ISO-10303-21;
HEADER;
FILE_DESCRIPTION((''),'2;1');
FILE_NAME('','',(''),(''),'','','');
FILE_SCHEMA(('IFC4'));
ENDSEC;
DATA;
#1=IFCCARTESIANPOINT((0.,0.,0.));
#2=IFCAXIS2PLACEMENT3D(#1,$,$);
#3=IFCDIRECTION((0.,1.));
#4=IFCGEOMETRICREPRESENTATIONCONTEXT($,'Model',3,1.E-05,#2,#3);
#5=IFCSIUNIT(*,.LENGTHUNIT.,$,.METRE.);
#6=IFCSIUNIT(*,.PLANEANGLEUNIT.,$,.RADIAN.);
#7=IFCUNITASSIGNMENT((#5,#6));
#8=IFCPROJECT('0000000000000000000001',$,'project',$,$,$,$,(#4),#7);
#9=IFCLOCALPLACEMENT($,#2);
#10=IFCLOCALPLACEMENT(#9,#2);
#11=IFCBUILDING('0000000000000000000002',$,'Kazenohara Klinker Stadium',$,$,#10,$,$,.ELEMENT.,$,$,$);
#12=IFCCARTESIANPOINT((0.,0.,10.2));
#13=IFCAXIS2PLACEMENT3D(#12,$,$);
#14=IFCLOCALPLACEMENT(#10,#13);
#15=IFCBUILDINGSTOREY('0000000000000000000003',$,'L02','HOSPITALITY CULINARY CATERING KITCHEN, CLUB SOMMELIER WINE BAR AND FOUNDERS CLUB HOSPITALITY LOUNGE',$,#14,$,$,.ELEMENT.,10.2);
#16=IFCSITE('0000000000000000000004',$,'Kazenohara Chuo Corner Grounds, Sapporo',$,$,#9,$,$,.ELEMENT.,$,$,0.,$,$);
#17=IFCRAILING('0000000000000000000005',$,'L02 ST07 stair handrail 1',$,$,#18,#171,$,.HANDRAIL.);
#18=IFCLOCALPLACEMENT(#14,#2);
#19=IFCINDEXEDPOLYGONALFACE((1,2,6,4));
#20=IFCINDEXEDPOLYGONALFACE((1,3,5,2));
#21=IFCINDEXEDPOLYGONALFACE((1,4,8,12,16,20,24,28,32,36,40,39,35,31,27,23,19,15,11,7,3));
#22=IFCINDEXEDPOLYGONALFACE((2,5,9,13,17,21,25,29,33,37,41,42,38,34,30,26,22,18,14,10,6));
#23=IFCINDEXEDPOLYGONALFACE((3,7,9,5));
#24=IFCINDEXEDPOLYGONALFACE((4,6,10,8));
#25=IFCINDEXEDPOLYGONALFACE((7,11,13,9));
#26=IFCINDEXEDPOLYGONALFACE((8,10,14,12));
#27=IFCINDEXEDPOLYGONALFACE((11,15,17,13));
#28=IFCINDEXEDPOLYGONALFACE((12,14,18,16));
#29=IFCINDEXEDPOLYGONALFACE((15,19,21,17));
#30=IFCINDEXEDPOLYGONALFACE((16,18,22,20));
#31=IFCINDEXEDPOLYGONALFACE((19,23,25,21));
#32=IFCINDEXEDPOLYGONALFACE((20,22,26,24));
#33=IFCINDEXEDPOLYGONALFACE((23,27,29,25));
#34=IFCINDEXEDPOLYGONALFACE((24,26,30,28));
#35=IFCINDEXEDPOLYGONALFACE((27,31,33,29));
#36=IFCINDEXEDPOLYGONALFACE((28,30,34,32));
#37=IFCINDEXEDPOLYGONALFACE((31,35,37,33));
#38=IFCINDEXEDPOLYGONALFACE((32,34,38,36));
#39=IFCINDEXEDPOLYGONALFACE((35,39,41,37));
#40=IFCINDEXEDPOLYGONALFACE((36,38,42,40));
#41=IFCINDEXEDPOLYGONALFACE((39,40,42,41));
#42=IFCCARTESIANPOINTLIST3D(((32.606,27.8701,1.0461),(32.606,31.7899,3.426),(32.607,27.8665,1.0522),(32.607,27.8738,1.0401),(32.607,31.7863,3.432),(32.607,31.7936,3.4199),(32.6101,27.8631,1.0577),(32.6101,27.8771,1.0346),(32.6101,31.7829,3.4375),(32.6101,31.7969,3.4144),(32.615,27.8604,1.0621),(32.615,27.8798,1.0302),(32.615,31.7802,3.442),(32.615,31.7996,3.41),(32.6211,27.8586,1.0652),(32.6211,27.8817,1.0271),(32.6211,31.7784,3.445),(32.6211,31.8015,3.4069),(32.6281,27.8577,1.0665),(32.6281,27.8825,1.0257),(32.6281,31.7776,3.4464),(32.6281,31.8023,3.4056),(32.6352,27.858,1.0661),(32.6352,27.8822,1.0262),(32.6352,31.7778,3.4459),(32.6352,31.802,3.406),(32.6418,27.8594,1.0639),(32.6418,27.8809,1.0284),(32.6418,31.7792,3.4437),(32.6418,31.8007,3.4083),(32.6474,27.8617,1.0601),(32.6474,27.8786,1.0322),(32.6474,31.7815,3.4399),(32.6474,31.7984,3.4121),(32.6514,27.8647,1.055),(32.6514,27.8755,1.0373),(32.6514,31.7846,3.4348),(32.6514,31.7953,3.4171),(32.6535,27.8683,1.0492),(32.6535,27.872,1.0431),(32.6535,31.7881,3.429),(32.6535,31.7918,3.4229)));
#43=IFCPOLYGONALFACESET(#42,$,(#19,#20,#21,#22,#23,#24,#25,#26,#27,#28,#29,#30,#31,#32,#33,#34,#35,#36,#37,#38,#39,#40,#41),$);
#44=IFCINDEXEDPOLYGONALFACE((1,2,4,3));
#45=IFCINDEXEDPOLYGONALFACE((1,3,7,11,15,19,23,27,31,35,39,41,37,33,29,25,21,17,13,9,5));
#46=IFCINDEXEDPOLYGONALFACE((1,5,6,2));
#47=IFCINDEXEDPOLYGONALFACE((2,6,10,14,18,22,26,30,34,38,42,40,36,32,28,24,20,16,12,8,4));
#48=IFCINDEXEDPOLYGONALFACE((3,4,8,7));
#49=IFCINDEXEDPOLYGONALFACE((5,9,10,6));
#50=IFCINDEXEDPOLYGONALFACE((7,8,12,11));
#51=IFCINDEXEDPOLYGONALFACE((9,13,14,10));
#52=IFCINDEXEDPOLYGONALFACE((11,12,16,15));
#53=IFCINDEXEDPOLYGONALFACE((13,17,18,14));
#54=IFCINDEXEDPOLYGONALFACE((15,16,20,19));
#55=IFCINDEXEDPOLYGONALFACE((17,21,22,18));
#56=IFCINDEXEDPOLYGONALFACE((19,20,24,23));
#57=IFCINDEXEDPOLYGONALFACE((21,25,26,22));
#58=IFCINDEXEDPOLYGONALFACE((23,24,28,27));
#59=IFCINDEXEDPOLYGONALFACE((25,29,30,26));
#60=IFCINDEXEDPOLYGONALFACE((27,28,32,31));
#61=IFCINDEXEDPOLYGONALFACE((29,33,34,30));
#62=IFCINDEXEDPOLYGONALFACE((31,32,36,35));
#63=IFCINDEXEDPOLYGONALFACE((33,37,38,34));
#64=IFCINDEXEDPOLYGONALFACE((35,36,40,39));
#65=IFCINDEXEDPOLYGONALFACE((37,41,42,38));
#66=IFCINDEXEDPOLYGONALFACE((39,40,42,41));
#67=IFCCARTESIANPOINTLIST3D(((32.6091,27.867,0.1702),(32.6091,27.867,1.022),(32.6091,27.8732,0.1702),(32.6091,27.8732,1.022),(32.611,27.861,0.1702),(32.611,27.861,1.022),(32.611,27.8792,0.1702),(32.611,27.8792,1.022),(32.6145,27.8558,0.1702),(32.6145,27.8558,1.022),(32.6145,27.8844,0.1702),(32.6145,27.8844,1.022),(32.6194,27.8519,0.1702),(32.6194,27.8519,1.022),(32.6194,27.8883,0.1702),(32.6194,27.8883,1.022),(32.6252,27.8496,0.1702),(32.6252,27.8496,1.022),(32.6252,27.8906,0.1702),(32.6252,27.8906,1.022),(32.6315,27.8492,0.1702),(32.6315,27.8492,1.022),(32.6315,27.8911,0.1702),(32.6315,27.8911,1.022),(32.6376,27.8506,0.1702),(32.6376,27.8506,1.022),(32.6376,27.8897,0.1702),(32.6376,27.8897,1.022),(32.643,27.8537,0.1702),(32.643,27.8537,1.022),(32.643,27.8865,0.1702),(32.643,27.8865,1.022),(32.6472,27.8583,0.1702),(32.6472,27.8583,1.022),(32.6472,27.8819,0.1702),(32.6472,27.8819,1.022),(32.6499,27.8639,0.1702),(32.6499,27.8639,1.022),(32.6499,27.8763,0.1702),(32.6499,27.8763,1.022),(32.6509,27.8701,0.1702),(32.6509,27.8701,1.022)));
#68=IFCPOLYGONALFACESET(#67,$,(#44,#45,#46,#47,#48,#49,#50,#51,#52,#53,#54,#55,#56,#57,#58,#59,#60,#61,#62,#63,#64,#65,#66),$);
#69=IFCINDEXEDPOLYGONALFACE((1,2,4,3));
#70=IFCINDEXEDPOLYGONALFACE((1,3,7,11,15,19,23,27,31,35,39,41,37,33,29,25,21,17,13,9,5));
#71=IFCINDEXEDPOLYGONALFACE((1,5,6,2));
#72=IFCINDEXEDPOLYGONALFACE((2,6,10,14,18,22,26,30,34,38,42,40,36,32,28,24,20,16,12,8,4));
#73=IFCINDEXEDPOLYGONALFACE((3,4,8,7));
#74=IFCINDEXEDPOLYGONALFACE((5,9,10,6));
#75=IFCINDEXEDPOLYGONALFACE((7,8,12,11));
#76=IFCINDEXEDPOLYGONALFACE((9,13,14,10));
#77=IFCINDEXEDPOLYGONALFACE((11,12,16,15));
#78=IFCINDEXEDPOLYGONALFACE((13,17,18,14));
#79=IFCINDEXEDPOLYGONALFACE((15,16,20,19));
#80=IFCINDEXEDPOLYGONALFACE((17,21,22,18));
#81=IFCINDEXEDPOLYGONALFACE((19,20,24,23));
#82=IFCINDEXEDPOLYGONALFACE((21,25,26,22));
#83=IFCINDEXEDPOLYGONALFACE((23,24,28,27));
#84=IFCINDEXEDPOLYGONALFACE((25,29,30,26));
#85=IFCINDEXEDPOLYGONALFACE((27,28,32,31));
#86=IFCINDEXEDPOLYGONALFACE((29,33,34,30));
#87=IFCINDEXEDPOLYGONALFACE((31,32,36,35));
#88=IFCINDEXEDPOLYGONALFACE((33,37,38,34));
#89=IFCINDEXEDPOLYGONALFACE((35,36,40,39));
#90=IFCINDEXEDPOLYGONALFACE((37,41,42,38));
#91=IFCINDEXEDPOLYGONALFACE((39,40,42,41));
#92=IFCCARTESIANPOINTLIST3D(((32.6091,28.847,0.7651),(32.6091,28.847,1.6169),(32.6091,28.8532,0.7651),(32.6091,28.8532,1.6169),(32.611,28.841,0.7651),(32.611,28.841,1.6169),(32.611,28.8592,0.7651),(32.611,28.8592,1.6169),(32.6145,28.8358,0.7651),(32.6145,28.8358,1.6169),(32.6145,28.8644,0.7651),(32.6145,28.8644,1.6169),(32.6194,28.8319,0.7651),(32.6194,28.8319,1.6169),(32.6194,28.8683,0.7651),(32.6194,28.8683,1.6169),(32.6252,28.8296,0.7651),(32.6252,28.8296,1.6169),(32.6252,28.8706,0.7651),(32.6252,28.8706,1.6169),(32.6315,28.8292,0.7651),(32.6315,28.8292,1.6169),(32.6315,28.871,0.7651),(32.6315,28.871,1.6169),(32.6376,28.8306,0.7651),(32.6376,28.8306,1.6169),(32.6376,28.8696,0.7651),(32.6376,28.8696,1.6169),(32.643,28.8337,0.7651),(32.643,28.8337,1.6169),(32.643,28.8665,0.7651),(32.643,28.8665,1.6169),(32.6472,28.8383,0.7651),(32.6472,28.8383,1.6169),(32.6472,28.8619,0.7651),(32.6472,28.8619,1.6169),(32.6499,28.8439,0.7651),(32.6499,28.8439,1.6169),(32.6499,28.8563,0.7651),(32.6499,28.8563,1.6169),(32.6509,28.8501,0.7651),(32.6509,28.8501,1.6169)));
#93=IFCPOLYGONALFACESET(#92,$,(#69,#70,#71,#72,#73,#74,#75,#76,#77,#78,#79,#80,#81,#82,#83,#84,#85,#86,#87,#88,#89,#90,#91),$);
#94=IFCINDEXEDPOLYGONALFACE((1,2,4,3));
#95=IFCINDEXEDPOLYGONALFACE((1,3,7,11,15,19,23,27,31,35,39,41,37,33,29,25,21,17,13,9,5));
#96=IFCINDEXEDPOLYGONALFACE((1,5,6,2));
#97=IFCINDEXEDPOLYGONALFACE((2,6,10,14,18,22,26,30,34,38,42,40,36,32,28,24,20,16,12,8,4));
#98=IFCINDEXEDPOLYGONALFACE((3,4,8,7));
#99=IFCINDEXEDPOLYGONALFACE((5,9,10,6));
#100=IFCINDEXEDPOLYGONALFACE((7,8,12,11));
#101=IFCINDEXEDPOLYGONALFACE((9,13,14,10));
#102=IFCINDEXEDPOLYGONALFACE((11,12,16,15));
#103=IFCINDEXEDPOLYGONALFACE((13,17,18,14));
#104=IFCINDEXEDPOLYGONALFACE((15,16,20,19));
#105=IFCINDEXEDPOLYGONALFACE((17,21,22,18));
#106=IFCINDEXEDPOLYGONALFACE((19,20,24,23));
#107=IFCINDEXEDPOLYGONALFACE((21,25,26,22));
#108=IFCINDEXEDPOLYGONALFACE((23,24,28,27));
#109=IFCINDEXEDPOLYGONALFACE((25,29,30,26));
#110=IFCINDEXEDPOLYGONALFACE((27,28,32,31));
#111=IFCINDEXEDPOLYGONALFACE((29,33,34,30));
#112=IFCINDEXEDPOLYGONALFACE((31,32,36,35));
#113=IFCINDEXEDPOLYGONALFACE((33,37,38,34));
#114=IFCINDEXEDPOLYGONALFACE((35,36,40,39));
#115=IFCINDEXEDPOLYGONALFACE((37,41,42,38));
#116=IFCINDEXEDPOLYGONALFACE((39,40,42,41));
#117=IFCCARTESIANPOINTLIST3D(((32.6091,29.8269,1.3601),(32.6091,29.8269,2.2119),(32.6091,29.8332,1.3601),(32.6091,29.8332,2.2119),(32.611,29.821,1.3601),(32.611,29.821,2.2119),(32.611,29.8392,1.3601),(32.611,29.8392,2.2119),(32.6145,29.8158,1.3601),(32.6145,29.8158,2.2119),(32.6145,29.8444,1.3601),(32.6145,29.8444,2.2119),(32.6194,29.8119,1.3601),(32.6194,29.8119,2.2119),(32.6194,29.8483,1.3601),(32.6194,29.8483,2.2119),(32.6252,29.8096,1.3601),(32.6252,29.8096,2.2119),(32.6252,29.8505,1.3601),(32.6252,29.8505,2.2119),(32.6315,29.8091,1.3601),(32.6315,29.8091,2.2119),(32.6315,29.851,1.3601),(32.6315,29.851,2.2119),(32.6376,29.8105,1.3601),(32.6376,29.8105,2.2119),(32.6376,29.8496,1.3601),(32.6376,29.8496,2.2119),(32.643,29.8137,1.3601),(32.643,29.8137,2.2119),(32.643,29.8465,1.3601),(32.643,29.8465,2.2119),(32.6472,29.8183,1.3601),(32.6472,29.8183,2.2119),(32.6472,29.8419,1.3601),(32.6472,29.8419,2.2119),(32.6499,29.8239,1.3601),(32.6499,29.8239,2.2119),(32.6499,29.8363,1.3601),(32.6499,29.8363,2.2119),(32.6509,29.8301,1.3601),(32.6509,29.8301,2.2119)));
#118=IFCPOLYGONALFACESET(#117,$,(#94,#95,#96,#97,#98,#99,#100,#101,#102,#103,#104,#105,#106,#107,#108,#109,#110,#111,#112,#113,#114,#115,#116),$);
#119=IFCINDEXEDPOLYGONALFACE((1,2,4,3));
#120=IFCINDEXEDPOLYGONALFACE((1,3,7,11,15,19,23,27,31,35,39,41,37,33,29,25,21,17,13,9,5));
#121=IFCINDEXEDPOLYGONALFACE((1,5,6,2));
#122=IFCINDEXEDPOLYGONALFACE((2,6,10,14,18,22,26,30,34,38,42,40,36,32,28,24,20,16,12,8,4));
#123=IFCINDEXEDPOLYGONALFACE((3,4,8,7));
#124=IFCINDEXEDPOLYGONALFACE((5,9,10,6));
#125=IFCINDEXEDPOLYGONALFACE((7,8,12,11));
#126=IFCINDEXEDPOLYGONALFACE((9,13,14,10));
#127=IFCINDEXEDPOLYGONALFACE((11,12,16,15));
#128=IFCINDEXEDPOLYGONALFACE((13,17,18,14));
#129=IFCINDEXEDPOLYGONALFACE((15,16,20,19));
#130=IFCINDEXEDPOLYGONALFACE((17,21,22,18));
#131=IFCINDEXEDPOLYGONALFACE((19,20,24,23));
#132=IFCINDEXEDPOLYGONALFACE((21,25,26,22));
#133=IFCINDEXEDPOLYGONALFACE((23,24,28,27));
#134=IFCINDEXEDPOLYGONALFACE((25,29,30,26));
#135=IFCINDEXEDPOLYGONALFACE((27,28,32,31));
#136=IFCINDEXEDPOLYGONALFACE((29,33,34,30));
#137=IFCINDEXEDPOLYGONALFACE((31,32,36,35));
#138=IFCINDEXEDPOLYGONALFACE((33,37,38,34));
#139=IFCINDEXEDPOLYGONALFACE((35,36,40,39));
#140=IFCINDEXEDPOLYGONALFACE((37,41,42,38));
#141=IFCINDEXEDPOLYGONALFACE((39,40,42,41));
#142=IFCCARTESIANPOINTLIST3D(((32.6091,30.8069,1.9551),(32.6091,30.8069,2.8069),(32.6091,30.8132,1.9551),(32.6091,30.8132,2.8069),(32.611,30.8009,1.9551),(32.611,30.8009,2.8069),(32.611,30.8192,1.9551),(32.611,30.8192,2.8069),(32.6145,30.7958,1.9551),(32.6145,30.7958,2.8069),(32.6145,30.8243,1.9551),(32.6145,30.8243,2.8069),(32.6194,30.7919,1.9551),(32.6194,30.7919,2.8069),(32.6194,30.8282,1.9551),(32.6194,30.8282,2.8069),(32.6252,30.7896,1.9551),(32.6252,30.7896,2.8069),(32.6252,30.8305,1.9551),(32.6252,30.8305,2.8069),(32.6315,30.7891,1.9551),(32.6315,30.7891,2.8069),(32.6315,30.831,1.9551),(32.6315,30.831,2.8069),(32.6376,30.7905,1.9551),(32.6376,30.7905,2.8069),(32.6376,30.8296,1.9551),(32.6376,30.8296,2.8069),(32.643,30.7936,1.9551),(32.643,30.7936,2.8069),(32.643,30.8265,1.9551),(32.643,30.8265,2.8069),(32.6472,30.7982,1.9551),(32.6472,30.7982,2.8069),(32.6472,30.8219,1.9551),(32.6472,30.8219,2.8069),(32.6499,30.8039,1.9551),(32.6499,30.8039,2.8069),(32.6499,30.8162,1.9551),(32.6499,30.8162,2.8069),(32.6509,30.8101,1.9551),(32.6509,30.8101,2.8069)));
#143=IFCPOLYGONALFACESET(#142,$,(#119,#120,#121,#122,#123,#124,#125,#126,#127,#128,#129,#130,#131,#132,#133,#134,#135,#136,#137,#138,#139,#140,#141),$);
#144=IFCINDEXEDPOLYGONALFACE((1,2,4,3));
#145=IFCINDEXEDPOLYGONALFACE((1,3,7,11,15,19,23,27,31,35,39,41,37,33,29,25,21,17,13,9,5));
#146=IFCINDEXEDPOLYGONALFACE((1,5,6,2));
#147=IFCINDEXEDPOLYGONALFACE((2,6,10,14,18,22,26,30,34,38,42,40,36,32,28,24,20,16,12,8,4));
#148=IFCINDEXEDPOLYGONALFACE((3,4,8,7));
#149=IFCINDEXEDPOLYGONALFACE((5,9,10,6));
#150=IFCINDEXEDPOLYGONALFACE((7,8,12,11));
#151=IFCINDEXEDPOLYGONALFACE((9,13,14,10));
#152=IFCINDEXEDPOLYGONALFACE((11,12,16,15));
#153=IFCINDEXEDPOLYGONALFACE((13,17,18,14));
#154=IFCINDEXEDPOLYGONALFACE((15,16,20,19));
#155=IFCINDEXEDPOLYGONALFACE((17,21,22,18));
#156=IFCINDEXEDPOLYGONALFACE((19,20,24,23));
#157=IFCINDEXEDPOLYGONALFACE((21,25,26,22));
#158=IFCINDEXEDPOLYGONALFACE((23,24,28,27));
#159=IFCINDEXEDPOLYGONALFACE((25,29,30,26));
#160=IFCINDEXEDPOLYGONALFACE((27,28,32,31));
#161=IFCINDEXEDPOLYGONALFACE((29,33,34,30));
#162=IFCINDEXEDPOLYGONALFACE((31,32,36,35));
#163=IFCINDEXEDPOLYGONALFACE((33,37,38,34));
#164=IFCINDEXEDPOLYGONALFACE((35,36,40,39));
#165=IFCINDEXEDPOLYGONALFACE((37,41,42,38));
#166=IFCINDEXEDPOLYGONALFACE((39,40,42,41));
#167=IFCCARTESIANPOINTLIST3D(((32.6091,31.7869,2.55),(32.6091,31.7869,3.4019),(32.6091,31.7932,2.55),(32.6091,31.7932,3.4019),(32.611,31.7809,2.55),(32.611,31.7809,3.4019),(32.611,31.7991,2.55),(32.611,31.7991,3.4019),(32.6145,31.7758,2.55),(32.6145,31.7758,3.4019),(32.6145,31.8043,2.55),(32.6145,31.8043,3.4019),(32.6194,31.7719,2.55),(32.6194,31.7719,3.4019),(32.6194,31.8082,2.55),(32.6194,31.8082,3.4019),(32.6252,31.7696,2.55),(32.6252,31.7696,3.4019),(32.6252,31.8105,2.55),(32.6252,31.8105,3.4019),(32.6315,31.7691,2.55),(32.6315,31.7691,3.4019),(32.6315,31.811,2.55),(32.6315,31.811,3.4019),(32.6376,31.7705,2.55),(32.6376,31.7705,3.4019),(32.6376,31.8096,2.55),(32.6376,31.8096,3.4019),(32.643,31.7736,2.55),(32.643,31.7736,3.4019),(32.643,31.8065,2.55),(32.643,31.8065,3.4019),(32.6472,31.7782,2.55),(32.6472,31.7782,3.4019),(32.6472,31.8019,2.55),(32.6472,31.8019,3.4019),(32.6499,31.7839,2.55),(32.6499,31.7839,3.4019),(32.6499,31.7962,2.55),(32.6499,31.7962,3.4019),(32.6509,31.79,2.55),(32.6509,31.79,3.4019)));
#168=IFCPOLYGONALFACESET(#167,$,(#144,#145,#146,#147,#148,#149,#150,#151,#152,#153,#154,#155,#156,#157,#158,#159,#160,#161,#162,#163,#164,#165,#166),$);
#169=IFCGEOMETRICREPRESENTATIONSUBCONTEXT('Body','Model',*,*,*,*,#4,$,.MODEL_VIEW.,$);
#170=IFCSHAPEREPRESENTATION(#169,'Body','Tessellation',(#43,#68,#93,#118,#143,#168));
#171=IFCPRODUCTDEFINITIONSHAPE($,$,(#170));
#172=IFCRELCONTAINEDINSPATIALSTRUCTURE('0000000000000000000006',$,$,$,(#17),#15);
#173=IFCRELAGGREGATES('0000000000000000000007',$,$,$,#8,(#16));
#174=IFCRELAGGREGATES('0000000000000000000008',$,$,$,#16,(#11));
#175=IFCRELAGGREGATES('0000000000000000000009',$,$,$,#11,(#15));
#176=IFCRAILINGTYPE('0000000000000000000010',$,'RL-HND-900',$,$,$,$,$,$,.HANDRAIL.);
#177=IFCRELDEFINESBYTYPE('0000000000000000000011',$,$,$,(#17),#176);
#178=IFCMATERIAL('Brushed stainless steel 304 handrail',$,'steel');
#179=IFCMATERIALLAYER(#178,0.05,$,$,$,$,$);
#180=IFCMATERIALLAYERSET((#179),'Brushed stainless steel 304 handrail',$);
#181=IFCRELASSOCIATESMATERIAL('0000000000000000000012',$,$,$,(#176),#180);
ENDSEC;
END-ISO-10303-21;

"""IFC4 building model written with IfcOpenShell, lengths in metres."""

from ifc_helpers import new_model, si_unit, direction, frame, origin, origin_2d, place, context, subcontext, project, spatial, circle, extrude, material, layer, layer_set, type_object, element, save


model = new_model("IFC4")

# Units and contexts
model_context = context("Model", 3, precision=1e-05, world=origin(), true_north=direction((0.0, 1.0)))
body_context = subcontext(model_context, "Body", "Model", "MODEL_VIEW")
ifc_project = project(units=[si_unit("LENGTHUNIT", "METRE"), si_unit("PLANEANGLEUNIT", "RADIAN")], contexts=[model_context])

# Site, building, storey
site_placement = place(None, origin())
site = spatial("IfcSite", under=ifc_project, at=site_placement, Name="Kazenohara Chuo Corner Grounds, Sapporo", CompositionType="ELEMENT", RefElevation=0.0)
building_placement = place(site_placement, origin())
building = spatial("IfcBuilding", under=site, at=building_placement, Name="Kazenohara Klinker Stadium", CompositionType="ELEMENT")
storey_placement = place(building_placement, frame((0.0, 0.0, 10.2)))
storey = spatial("IfcBuildingStorey", under=building, at=storey_placement, Name="L02", Description="HOSPITALITY CULINARY CATERING KITCHEN, CLUB SOMMELIER WINE BAR AND FOUNDERS CLUB HOSPITALITY LOUNGE", CompositionType="ELEMENT", Elevation=10.2)

# Railing
ifc_material_1 = material(Name="Brushed stainless steel 304 handrail", Category="steel")
ifc_layer_1 = layer(ifc_material_1, 0.05)
ifc_layer_set_1 = layer_set([ifc_layer_1], Name="Brushed stainless steel 304 handrail")
railing_type_1 = type_object("IfcRailingType", Name="RL-HND-900", PredefinedType="HANDRAIL", material=ifc_layer_set_1)
railing_1_placement = place(storey_placement, frame((32.6299, 27.8701, 0.1702)))
element("IfcRailing", 1, at=railing_1_placement, inside=storey, type_object=railing_type_1, Name="L02 ST07 stair handrail 1", PredefinedType="HANDRAIL", context=body_context, shape_type="SweptSolid", body=[
    extrude(circle(Radius=0.0239, at=origin_2d()), frame((0.0, 0.0, 0.876), z_axis=(0.0, 0.854794, 0.518967), x_axis=(-1.0, 0.0, 0.0)), (0.0, 0.0, 1.0), 4.5857),
    extrude(circle(Radius=0.021, at=origin_2d()), origin(), (0.0, 0.0, 1.0), 0.8518),
    extrude(circle(Radius=0.021, at=origin_2d()), frame((0.0, 0.98, 0.595)), (0.0, 0.0, 1.0), 0.8518),
    extrude(circle(Radius=0.021, at=origin_2d()), frame((0.0, 1.96, 1.1899)), (0.0, 0.0, 1.0), 0.8518),
    extrude(circle(Radius=0.021, at=origin_2d()), frame((0.0, 2.9399, 1.7849)), (0.0, 0.0, 1.0), 0.8518),
    extrude(circle(Radius=0.021, at=origin_2d()), frame((0.0, 3.9199, 2.3799)), (0.0, 0.0, 1.0), 0.8518),
])

save(model, "model.ifc")
